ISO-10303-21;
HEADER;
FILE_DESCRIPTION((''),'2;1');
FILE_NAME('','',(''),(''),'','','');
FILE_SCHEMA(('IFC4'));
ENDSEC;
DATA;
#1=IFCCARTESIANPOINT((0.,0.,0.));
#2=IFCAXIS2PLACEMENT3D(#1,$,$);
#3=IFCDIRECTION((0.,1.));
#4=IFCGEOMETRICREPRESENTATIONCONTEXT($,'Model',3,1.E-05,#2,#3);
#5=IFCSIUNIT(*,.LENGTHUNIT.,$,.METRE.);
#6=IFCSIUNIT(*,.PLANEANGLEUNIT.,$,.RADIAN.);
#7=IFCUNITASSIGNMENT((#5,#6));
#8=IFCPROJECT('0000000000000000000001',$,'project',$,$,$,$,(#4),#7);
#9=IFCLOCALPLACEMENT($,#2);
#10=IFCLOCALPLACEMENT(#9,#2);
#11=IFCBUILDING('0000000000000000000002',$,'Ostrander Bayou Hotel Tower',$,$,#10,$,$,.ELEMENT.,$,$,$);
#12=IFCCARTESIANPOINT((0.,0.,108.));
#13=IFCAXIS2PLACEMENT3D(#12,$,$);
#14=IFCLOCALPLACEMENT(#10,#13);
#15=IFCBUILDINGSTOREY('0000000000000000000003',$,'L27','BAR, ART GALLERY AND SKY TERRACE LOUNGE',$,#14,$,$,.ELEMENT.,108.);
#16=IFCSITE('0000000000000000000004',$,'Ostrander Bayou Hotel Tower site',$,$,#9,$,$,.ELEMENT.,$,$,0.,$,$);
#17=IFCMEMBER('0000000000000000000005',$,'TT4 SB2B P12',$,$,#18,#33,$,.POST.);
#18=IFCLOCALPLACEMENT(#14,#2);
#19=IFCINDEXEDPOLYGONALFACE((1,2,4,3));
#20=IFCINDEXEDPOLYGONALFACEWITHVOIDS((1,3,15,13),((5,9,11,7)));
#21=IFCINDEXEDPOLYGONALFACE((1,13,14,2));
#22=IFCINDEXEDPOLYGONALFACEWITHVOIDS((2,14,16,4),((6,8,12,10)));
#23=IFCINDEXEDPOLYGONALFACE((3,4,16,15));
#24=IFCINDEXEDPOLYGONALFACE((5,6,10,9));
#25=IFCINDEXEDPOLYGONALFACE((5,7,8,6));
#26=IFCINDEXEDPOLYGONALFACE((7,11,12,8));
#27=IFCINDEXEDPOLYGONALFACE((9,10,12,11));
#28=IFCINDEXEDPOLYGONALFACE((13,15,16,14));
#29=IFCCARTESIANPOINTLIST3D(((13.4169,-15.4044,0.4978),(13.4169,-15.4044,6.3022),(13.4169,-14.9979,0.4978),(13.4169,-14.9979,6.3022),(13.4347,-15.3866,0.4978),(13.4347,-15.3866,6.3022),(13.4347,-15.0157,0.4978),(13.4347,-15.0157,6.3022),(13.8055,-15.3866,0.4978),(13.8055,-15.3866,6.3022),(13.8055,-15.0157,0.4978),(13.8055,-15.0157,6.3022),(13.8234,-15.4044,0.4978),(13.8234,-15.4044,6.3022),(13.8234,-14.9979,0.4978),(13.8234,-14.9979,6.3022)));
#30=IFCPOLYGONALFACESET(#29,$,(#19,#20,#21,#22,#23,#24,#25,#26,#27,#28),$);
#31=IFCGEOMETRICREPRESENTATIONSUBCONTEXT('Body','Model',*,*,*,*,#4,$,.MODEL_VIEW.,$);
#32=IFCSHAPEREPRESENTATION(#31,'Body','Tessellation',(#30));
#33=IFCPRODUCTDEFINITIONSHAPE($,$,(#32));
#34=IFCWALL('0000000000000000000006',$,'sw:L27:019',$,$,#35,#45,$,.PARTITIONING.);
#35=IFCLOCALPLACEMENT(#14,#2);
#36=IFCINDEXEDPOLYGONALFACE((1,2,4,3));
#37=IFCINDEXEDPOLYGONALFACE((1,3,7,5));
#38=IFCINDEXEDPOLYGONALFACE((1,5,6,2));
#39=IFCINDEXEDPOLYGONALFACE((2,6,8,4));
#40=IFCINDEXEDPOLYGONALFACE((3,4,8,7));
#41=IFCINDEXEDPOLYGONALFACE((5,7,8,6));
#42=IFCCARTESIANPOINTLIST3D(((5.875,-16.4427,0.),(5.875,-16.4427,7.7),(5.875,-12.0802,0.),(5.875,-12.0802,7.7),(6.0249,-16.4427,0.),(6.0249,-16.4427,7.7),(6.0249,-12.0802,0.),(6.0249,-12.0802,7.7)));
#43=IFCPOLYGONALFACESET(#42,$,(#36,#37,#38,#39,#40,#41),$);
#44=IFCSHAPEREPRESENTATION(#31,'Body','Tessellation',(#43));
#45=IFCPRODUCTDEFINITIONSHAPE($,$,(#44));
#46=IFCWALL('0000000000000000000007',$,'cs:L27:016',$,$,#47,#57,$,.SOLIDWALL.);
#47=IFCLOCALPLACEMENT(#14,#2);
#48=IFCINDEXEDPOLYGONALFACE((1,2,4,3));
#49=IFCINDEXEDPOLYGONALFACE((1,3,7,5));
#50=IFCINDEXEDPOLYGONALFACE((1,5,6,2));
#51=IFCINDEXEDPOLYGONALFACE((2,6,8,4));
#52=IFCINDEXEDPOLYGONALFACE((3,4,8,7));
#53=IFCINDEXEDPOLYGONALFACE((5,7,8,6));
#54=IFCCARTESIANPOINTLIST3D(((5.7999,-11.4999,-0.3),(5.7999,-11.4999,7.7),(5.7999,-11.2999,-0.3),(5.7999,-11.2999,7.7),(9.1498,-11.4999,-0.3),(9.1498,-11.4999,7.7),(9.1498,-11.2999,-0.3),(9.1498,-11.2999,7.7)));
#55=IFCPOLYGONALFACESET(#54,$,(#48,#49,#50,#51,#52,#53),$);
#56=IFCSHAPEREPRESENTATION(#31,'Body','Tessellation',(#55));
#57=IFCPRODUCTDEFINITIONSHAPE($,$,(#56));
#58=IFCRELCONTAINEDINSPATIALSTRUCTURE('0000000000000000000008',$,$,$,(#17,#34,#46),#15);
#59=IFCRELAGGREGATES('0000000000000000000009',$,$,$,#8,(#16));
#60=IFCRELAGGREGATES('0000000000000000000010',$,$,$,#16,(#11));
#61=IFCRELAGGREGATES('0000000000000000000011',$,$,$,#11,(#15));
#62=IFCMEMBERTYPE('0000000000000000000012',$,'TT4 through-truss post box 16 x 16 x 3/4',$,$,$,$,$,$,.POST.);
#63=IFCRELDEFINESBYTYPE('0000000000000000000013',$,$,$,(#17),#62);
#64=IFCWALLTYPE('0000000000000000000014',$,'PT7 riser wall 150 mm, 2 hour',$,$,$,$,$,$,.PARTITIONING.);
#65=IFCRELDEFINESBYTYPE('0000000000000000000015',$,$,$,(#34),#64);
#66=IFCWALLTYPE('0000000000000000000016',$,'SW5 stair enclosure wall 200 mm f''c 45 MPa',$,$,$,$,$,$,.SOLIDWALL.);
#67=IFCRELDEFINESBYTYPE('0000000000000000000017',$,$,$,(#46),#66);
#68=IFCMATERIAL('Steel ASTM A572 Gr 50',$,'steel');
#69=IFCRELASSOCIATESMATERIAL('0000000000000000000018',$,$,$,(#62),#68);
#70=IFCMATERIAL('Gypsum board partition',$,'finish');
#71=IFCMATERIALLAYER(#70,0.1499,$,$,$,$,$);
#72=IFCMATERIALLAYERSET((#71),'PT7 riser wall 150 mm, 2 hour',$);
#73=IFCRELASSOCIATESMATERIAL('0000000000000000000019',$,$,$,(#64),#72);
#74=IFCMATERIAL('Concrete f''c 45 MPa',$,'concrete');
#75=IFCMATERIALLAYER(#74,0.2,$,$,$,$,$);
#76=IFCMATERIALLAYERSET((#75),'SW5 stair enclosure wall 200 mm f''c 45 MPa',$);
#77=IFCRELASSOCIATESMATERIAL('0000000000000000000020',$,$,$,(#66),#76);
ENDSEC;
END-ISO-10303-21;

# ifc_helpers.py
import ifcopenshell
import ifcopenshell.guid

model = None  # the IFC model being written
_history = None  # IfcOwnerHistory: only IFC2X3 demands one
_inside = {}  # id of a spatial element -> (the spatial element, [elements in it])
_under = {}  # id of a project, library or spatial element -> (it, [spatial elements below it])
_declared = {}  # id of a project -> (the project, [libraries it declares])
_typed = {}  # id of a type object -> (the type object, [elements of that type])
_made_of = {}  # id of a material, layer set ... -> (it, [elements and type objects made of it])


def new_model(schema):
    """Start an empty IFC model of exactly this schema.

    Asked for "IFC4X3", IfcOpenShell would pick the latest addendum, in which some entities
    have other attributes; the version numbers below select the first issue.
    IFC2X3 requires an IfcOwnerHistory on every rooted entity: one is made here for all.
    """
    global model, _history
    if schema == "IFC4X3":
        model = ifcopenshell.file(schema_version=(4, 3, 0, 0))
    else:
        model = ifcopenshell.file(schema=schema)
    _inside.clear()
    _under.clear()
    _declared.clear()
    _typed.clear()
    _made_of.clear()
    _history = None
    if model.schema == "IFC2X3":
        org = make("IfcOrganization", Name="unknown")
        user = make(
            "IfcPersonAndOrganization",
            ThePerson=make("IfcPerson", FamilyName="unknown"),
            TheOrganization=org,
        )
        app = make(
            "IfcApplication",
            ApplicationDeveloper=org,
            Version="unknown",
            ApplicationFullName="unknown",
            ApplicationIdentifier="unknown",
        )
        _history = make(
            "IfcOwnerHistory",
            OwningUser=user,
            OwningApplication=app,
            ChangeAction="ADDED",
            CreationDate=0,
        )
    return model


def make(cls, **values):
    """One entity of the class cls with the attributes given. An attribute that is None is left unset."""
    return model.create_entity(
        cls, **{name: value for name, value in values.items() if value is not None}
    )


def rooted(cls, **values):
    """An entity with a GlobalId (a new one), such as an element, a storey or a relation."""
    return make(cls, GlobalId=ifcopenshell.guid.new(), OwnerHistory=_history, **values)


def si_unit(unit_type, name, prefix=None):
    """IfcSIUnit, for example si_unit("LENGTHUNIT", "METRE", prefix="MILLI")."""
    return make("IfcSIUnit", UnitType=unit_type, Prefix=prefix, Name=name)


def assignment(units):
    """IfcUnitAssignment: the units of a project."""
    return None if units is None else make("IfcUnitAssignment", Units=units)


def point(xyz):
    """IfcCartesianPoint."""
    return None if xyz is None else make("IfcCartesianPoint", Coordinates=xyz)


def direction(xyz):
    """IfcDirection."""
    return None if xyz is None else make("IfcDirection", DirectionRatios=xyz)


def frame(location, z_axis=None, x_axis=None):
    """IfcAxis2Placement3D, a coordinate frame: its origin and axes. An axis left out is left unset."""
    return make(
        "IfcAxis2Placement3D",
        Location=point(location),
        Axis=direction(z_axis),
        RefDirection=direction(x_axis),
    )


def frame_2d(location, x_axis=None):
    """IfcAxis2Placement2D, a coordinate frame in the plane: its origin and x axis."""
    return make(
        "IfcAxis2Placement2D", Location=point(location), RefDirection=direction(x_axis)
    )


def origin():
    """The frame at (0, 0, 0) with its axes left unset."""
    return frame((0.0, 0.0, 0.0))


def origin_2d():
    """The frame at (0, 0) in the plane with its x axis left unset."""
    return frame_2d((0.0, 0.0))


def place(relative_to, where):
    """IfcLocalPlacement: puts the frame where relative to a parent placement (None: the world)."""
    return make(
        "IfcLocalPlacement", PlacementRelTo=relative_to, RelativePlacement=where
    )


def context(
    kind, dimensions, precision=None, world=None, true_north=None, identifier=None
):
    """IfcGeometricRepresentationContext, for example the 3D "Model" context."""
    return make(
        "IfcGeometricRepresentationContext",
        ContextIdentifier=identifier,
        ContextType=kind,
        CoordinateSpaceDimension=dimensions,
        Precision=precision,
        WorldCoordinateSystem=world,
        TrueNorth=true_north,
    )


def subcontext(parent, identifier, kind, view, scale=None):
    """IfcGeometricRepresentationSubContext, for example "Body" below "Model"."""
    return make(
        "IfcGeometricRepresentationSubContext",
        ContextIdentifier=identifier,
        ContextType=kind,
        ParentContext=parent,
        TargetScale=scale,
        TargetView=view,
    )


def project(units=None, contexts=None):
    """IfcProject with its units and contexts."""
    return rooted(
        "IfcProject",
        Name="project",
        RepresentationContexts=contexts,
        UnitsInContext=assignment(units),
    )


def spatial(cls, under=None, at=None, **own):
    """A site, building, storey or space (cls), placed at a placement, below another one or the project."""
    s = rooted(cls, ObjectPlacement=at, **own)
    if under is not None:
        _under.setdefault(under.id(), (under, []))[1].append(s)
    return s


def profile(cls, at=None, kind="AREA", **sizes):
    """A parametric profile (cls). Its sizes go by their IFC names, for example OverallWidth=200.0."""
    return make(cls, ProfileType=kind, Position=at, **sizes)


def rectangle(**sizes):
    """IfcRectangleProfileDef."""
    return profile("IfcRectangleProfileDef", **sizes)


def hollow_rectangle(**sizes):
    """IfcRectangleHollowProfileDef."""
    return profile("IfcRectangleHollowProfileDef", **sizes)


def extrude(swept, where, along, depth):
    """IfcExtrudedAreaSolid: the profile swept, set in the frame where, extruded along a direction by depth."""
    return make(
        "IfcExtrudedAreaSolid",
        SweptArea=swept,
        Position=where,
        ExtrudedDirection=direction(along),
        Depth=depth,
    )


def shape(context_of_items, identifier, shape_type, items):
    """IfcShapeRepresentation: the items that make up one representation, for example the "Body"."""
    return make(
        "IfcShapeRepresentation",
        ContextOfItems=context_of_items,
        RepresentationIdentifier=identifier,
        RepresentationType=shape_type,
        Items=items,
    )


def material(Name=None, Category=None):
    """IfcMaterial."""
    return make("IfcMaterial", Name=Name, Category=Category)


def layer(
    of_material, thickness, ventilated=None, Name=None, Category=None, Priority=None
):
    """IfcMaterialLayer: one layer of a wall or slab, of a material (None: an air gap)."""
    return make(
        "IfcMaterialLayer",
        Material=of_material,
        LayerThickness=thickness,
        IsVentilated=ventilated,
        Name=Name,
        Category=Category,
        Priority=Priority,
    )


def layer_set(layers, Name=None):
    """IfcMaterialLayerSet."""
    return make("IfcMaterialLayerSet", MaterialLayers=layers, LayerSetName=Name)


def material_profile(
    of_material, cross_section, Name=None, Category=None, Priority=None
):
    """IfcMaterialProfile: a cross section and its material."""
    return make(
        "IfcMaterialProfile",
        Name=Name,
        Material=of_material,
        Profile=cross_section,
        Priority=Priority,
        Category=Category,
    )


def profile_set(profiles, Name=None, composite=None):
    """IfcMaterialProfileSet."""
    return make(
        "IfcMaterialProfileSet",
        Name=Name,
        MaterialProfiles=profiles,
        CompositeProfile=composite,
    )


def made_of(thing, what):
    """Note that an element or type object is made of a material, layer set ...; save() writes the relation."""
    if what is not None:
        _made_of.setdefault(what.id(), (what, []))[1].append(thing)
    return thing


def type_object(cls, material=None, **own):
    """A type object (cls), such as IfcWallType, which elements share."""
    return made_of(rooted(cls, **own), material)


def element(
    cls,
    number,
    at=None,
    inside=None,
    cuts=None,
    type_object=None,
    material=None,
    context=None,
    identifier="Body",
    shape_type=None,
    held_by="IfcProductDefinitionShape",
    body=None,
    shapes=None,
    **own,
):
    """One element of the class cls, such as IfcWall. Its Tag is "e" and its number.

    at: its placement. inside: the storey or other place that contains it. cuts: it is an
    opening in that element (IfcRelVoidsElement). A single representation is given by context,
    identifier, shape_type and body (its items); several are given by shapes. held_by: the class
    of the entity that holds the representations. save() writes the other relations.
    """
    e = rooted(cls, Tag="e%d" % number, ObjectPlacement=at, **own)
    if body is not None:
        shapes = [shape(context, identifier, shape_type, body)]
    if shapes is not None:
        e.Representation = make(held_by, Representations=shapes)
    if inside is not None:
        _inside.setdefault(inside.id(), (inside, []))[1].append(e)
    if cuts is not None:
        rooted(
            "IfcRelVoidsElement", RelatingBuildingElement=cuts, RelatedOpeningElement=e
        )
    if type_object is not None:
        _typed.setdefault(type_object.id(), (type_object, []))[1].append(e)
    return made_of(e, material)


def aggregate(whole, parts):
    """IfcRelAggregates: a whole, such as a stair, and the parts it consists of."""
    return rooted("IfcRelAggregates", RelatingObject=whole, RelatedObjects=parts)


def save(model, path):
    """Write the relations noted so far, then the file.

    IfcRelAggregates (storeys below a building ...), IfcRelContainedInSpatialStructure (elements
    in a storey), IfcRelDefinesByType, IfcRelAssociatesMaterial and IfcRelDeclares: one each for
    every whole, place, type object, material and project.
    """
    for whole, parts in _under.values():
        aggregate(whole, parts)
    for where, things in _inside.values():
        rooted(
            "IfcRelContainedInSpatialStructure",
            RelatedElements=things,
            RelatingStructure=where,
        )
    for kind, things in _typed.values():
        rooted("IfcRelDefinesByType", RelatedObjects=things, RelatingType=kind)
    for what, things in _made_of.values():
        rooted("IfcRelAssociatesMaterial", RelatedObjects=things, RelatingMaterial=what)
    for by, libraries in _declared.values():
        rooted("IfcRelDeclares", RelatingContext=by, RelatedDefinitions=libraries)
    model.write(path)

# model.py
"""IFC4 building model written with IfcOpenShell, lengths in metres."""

from ifc_helpers import new_model, si_unit, direction, frame, frame_2d, origin, origin_2d, place, context, subcontext, project, spatial, rectangle, hollow_rectangle, extrude, material, layer, layer_set, material_profile, profile_set, type_object, element, save


model = new_model("IFC4")

# Units and contexts
model_context = context("Model", 3, precision=1e-05, world=origin(), true_north=direction((0.0, 1.0)))
body_context = subcontext(model_context, "Body", "Model", "MODEL_VIEW")
ifc_project = project(units=[si_unit("LENGTHUNIT", "METRE"), si_unit("PLANEANGLEUNIT", "RADIAN")], contexts=[model_context])

# Site, building, storey
site_placement = place(None, origin())
site = spatial("IfcSite", under=ifc_project, at=site_placement, Name="Ostrander Bayou Hotel Tower site", CompositionType="ELEMENT", RefElevation=0.0)
building_placement = place(site_placement, origin())
building = spatial("IfcBuilding", under=site, at=building_placement, Name="Ostrander Bayou Hotel Tower", CompositionType="ELEMENT")
storey_placement = place(building_placement, frame((0.0, 0.0, 108.0)))
storey = spatial("IfcBuildingStorey", under=building, at=storey_placement, Name="L27", Description="BAR, ART GALLERY AND SKY TERRACE LOUNGE", CompositionType="ELEMENT", Elevation=108.0)

# Member
ifc_material_1 = material(Name="Steel ASTM A572 Gr 50", Category="steel")
ifc_material_profile_1 = material_profile(ifc_material_1, hollow_rectangle(XDim=0.4065, YDim=0.4065, WallThickness=0.0178, at=origin_2d()))
ifc_profile_set_1 = profile_set([ifc_material_profile_1], Name="Steel ASTM A572 Gr 50")
member_type_1 = type_object("IfcMemberType", Name="TT4 through-truss post box 16 x 16 x 3/4", PredefinedType="POST", material=ifc_profile_set_1)
for number, where, z_axis, x_axis, name in (
    (1, (13.6201, -15.2012, 0.4978), (0.0, 0.0, 1.0), (1.0, 0.0, 0.0), "TT4 SB2B P12"),
):
    element("IfcMember", number, at=place(storey_placement, frame(where, z_axis=z_axis, x_axis=x_axis)), inside=storey, type_object=member_type_1, Name=name, PredefinedType="POST", context=body_context, shape_type="SweptSolid", body=[
        extrude(hollow_rectangle(XDim=0.4065, YDim=0.4065, WallThickness=0.0178, at=origin_2d()), origin(), (0.0, 0.0, 1.0), 5.8044),
    ])

# Walls
ifc_material_2 = material(Name="Gypsum board partition", Category="finish")
ifc_layer_1 = layer(ifc_material_2, 0.1499)
ifc_layer_set_1 = layer_set([ifc_layer_1], Name="PT7 riser wall 150 mm, 2 hour")
wall_type_1 = type_object("IfcWallType", Name="PT7 riser wall 150 mm, 2 hour", PredefinedType="PARTITIONING", material=ifc_layer_set_1)
wall_1_placement = place(storey_placement, frame((5.95, -16.4426, 0.0), z_axis=(0.0, 0.0, 1.0), x_axis=(0.0, 1.0, 0.0)))
element("IfcWall", 2, at=wall_1_placement, inside=storey, type_object=wall_type_1, Name="sw:L27:019", PredefinedType="PARTITIONING", context=body_context, shape_type="SweptSolid", body=[
    extrude(rectangle(XDim=4.3625, YDim=0.1499, at=frame_2d((2.1812, 0.0))), origin(), (0.0, 0.0, 1.0), 7.7),
])
ifc_material_3 = material(Name="Concrete f'c 45 MPa", Category="concrete")
ifc_layer_2 = layer(ifc_material_3, 0.2)
ifc_layer_set_2 = layer_set([ifc_layer_2], Name="SW5 stair enclosure wall 200 mm f'c 45 MPa")
wall_type_2 = type_object("IfcWallType", Name="SW5 stair enclosure wall 200 mm f'c 45 MPa", PredefinedType="SOLIDWALL", material=ifc_layer_set_2)
wall_2_placement = place(storey_placement, frame((5.8, -11.3999, -0.3), z_axis=(0.0, 0.0, 1.0), x_axis=(1.0, 0.0, 0.0)))
element("IfcWall", 3, at=wall_2_placement, inside=storey, type_object=wall_type_2, Name="cs:L27:016", PredefinedType="SOLIDWALL", context=body_context, shape_type="SweptSolid", body=[
    extrude(rectangle(XDim=3.3499, YDim=0.2, at=frame_2d((1.6748, 0.0))), origin(), (0.0, 0.0, 1.0), 8.0),
])

save(model, "model.ifc")
